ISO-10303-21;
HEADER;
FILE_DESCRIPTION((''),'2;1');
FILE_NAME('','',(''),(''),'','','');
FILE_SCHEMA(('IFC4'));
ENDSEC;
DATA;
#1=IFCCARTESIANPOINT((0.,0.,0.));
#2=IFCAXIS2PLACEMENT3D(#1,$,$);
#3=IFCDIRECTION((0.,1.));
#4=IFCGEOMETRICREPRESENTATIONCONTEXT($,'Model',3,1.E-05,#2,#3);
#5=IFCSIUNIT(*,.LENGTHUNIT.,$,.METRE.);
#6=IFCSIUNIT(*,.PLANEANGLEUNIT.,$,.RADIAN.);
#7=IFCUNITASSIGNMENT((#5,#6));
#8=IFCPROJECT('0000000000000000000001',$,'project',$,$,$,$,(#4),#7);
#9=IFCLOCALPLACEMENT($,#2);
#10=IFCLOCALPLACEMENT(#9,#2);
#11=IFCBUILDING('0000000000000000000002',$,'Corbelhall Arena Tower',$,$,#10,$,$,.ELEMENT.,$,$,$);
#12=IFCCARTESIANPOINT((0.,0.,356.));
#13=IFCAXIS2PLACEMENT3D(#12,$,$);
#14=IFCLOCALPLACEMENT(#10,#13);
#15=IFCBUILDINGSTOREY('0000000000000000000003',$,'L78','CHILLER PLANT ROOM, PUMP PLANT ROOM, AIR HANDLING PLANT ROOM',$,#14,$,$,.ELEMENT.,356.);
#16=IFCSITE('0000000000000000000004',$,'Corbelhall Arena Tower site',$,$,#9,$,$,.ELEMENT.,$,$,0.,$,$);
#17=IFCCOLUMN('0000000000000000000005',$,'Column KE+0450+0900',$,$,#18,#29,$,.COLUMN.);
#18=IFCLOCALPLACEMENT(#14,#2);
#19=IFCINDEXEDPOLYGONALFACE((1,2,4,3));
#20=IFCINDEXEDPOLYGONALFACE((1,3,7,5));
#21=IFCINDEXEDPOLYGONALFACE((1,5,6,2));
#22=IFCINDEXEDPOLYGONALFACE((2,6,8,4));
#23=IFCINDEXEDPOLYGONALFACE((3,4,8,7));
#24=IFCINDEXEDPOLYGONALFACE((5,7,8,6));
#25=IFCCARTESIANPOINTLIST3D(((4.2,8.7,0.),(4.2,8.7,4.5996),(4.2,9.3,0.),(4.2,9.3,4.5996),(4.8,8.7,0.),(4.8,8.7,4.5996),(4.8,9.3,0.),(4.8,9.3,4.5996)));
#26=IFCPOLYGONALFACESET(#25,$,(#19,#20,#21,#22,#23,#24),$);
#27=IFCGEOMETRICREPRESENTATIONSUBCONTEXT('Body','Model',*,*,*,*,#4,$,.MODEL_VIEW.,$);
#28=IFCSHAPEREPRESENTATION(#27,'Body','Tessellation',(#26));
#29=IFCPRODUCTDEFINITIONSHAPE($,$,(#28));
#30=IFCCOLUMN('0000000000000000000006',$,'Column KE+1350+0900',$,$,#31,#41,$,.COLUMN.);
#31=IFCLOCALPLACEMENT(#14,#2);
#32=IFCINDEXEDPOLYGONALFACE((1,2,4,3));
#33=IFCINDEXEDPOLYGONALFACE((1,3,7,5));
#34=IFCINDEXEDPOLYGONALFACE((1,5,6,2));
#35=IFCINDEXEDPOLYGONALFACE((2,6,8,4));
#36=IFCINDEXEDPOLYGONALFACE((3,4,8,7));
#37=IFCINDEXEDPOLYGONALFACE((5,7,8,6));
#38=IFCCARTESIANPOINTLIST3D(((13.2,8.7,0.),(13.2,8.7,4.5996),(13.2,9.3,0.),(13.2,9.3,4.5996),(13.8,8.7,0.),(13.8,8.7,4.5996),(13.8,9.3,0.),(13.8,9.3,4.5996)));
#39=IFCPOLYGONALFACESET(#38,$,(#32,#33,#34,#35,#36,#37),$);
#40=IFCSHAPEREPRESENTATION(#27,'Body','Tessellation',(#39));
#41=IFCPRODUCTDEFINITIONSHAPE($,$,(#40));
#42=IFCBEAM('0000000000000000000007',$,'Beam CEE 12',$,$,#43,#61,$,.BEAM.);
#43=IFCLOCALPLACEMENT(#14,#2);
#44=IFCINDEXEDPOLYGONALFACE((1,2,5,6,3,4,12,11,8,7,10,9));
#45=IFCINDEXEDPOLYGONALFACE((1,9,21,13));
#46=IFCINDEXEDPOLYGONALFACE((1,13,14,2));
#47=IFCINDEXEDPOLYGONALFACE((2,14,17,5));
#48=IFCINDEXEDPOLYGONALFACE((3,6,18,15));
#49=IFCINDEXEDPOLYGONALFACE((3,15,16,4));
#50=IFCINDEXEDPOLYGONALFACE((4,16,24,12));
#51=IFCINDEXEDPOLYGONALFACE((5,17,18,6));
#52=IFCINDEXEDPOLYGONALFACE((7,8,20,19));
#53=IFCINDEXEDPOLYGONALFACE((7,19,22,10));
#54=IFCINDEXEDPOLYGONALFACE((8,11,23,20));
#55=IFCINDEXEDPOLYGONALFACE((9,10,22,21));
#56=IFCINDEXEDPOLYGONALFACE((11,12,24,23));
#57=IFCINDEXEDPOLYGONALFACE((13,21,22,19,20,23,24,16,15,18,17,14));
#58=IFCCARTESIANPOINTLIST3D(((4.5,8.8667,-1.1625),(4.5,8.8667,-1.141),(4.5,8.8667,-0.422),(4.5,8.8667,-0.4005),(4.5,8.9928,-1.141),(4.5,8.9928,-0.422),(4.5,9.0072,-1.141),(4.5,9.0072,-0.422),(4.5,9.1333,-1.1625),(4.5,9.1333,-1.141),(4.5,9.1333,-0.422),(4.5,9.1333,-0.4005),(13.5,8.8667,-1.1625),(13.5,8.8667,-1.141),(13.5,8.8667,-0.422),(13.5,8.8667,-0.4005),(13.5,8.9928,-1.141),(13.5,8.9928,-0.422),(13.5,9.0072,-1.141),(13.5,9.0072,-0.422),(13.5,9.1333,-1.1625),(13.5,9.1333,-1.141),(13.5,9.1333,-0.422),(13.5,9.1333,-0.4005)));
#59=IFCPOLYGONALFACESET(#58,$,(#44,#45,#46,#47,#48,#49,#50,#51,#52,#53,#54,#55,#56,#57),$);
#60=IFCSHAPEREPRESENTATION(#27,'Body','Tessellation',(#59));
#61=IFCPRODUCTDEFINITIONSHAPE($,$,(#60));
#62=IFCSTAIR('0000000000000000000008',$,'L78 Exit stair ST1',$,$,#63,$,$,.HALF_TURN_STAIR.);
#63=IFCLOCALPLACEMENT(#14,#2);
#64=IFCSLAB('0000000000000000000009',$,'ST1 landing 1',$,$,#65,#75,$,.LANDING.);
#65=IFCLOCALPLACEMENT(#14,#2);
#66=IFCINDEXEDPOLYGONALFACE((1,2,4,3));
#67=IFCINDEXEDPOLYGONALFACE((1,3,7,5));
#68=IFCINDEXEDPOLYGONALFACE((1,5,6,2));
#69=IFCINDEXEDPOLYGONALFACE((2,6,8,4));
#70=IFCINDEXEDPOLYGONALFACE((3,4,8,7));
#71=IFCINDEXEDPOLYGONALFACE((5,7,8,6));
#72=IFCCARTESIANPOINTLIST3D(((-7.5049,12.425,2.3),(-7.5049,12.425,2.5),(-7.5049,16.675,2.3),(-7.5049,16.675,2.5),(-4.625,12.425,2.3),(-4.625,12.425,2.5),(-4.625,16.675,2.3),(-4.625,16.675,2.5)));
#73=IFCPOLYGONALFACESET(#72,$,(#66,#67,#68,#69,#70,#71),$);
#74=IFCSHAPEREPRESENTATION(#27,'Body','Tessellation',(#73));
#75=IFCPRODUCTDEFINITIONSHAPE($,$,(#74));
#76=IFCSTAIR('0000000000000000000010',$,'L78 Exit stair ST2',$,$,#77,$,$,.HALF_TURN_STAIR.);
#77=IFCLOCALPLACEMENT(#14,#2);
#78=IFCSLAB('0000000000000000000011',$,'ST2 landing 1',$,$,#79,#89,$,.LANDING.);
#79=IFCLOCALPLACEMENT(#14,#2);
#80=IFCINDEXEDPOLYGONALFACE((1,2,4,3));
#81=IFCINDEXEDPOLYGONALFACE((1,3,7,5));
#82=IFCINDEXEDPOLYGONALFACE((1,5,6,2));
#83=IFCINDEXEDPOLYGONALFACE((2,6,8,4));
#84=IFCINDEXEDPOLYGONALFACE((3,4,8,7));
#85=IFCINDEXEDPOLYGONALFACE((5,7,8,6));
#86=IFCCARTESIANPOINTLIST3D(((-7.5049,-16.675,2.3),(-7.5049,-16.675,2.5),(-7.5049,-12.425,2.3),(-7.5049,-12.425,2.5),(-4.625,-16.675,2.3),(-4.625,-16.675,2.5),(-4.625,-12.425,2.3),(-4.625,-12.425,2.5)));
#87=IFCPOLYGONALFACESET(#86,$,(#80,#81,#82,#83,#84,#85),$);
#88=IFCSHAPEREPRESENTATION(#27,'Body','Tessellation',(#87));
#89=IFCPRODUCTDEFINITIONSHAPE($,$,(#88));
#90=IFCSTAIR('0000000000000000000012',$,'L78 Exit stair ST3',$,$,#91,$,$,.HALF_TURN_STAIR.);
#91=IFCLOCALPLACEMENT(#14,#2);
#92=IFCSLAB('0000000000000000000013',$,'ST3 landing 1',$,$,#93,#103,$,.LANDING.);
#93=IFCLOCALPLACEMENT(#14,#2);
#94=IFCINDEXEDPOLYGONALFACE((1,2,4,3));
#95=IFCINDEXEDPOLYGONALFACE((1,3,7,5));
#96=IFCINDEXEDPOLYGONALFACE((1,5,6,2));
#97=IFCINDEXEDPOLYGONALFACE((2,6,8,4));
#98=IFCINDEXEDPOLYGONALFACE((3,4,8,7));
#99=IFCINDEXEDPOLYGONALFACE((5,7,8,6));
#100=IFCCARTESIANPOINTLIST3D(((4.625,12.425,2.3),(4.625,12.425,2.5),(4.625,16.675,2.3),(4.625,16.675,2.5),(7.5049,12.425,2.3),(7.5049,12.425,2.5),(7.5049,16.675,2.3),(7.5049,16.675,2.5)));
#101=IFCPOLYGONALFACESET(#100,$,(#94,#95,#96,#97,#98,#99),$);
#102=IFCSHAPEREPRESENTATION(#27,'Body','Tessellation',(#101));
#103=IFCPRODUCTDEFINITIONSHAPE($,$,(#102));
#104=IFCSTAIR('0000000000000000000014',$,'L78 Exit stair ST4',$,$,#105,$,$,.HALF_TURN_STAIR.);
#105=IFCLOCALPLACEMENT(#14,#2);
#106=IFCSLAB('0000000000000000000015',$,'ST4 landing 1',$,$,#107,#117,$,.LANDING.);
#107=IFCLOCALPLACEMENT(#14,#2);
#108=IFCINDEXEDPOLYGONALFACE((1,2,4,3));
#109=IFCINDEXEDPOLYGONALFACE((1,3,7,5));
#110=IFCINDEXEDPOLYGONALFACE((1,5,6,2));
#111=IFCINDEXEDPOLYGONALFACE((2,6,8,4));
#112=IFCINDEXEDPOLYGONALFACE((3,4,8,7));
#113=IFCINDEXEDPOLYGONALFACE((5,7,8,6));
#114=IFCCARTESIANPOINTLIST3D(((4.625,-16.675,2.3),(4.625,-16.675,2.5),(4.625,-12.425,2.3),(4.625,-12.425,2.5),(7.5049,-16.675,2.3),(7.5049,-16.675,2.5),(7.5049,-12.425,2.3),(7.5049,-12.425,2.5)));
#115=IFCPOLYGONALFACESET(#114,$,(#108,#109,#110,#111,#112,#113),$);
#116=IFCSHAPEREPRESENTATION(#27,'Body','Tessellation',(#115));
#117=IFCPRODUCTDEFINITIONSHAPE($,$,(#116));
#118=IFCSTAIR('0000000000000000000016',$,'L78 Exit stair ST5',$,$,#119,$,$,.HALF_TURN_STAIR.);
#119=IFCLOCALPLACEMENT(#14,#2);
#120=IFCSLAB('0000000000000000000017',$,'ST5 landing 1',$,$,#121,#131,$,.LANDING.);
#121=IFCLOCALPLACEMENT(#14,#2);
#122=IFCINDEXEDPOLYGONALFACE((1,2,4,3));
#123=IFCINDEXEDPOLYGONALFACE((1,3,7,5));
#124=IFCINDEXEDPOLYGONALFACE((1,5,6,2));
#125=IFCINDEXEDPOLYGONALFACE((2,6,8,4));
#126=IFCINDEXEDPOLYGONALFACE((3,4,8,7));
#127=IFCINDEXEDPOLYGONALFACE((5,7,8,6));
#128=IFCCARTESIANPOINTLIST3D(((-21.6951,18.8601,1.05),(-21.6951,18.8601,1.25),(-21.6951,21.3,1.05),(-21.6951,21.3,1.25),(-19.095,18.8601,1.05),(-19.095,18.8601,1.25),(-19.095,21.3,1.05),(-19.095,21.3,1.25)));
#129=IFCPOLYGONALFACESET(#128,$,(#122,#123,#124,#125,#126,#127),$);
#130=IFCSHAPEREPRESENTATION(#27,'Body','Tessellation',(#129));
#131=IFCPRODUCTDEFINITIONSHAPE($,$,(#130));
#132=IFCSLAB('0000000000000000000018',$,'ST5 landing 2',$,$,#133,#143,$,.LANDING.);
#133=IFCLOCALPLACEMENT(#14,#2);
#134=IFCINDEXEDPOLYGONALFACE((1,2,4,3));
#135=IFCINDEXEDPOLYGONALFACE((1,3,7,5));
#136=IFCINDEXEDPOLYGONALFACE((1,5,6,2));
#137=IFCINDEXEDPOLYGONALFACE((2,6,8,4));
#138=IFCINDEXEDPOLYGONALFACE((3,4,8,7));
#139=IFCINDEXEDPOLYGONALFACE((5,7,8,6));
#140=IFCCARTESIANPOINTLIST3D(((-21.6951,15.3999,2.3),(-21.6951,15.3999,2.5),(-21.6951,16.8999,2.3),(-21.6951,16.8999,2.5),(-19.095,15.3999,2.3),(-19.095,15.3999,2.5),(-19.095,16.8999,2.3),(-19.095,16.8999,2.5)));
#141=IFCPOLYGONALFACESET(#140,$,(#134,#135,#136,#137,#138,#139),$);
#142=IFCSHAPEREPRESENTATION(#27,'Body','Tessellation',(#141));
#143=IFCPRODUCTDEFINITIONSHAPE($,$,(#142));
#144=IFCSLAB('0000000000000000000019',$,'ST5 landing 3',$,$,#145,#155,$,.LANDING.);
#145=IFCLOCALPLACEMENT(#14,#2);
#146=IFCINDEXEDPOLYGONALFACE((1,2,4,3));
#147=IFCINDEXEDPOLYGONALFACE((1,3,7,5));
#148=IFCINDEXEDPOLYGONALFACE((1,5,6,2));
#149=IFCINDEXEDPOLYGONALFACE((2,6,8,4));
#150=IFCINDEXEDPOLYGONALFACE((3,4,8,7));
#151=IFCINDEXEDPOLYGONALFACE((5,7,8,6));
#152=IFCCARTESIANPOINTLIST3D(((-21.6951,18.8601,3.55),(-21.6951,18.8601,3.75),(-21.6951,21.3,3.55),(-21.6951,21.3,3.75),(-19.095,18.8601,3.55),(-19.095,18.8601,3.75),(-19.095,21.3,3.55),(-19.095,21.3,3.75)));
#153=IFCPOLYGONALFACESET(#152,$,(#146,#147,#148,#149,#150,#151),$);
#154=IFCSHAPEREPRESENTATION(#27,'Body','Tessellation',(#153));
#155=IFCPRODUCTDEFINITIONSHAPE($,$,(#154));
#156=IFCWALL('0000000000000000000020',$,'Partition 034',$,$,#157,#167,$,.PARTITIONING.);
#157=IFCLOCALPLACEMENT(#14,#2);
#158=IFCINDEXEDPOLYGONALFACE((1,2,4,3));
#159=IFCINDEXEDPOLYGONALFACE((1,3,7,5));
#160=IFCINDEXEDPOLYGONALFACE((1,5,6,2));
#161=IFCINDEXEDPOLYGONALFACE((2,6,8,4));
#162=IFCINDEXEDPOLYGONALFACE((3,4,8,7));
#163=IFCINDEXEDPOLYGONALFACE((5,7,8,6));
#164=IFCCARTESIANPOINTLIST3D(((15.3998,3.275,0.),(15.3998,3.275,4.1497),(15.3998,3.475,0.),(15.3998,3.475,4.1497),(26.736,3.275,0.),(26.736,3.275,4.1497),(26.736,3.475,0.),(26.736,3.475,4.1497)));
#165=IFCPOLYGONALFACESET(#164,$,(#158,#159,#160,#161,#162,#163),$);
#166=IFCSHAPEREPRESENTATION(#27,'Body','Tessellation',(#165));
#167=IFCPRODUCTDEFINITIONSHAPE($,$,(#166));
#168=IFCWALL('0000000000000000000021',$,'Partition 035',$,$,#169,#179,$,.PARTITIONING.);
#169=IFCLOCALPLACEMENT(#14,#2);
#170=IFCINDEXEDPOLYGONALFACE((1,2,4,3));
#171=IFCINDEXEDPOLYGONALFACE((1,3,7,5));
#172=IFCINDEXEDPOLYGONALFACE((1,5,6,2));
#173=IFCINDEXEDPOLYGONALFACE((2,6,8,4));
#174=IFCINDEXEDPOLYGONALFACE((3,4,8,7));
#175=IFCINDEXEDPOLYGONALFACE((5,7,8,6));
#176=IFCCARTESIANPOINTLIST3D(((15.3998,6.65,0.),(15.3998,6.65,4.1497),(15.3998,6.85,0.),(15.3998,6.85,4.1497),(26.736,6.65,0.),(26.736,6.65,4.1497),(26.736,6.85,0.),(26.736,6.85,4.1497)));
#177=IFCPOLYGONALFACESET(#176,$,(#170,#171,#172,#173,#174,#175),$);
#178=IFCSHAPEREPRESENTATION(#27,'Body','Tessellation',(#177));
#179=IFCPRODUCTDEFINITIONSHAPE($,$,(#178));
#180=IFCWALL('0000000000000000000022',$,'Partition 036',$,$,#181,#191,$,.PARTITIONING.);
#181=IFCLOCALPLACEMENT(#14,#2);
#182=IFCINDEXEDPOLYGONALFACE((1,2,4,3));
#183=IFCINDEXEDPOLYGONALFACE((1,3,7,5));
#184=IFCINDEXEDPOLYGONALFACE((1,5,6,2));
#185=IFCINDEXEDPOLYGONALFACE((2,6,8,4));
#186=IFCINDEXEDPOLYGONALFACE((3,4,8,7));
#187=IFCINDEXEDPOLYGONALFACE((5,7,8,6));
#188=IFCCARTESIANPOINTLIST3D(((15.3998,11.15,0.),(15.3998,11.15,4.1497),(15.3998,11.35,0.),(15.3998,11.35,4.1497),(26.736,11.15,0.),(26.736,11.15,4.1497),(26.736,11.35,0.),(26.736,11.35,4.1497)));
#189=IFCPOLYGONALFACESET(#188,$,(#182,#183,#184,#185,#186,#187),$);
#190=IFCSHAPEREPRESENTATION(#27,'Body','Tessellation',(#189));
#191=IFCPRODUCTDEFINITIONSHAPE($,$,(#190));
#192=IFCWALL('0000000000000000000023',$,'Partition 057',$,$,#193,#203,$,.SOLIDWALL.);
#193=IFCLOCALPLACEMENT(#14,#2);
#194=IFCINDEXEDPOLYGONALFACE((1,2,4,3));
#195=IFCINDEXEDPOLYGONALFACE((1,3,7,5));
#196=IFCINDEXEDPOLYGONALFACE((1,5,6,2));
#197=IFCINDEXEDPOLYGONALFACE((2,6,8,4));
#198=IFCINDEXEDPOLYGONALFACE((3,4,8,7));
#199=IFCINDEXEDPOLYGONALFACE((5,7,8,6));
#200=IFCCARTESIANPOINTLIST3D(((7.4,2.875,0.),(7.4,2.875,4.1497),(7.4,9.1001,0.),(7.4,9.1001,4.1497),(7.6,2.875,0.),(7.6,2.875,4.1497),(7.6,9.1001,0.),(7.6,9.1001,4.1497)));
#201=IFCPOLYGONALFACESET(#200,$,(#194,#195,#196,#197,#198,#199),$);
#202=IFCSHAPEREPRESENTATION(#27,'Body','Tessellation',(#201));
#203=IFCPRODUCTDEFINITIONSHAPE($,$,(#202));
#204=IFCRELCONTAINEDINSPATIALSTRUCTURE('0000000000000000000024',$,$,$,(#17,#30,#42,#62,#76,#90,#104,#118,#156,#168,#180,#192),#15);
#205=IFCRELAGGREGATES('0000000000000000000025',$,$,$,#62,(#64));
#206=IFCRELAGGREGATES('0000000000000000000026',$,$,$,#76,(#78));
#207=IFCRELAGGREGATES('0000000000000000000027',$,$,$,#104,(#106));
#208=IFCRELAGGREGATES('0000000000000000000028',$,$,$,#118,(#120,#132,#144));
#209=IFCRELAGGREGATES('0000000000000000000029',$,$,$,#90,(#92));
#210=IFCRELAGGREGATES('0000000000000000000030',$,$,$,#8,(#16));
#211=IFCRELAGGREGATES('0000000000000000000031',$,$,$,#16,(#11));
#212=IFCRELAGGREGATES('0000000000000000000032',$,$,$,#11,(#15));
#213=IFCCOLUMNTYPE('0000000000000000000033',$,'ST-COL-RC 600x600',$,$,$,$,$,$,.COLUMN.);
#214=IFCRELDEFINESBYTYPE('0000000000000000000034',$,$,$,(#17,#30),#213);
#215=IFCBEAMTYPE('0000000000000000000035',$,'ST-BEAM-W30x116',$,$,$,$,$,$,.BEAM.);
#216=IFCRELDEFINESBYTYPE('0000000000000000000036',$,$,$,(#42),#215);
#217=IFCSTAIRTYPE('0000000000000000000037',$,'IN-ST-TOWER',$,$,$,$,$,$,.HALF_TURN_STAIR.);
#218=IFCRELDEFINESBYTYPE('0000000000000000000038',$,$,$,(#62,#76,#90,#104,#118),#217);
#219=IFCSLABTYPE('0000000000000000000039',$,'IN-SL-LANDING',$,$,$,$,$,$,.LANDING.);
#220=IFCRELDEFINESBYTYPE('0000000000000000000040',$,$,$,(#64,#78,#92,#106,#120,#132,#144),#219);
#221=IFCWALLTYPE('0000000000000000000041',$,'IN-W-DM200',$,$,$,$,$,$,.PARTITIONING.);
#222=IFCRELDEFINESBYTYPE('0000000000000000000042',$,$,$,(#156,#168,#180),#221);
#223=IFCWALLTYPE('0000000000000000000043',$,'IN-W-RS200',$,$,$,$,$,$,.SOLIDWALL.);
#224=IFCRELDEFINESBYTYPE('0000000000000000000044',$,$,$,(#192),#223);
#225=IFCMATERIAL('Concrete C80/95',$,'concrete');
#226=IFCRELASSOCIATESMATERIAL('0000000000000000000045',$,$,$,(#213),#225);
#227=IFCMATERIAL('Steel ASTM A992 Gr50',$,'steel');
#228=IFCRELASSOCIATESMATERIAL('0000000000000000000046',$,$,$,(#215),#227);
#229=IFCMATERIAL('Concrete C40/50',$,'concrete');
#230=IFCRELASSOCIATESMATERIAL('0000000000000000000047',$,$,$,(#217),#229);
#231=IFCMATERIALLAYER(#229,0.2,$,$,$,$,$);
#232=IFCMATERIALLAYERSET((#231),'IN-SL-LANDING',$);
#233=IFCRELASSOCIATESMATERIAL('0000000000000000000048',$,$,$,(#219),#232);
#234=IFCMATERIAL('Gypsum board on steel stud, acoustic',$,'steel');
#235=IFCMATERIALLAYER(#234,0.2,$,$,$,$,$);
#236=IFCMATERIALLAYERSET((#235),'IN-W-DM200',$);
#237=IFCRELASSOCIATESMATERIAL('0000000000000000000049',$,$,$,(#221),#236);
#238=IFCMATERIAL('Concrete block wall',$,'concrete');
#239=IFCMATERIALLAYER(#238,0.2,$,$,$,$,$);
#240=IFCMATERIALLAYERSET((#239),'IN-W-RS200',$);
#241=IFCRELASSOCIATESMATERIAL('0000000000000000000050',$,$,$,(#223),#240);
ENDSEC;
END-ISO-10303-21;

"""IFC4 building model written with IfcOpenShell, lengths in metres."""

from ifc_helpers import new_model, si_unit, direction, frame, frame_2d, origin, origin_2d, place, context, subcontext, project, spatial, polyline, rectangle, i_section, outline, extrude, material, layer, layer_set, material_profile, profile_set, type_object, element, aggregate, save


model = new_model("IFC4")

# Units and contexts
model_context = context("Model", 3, precision=1e-05, world=origin(), true_north=direction((0.0, 1.0)))
body_context = subcontext(model_context, "Body", "Model", "MODEL_VIEW")
ifc_project = project(units=[si_unit("LENGTHUNIT", "METRE"), si_unit("PLANEANGLEUNIT", "RADIAN")], contexts=[model_context])

# Site, building, storey
site_placement = place(None, origin())
site = spatial("IfcSite", under=ifc_project, at=site_placement, Name="Corbelhall Arena Tower site", CompositionType="ELEMENT", RefElevation=0.0)
building_placement = place(site_placement, origin())
building = spatial("IfcBuilding", under=site, at=building_placement, Name="Corbelhall Arena Tower", CompositionType="ELEMENT")
storey_placement = place(building_placement, frame((0.0, 0.0, 356.0)))
storey = spatial("IfcBuildingStorey", under=building, at=storey_placement, Name="L78", Description="CHILLER PLANT ROOM, PUMP PLANT ROOM, AIR HANDLING PLANT ROOM", CompositionType="ELEMENT", Elevation=356.0)

# Columns
ifc_material_1 = material(Name="Concrete C80/95", Category="concrete")
ifc_material_profile_1 = material_profile(ifc_material_1, rectangle(XDim=0.6001, YDim=0.6001, at=origin_2d()))
ifc_profile_set_1 = profile_set([ifc_material_profile_1], Name="Concrete C80/95")
column_type = type_object("IfcColumnType", Name="ST-COL-RC 600x600", PredefinedType="COLUMN", material=ifc_profile_set_1)
for number, where, z_axis, x_axis, name in (
    (1, (4.5, 9.0, 0.0), (0.0, 0.0, 1.0), (1.0, 0.0, 0.0), "Column KE+0450+0900"),
    (2, (13.5, 9.0, 0.0), (0.0, 0.0, 1.0), (1.0, 0.0, 0.0), "Column KE+1350+0900"),
):
    element("IfcColumn", number, at=place(storey_placement, frame(where, z_axis=z_axis, x_axis=x_axis)), inside=storey, type_object=column_type, Name=name, PredefinedType="COLUMN", context=body_context, shape_type="SweptSolid", body=[
        extrude(rectangle(XDim=0.6001, YDim=0.6001, at=origin_2d()), origin(), (0.0, 0.0, 1.0), 4.5996),
    ])

# Beam
ifc_material_2 = material(Name="Steel ASTM A992 Gr50", Category="steel")
ifc_material_profile_2 = material_profile(ifc_material_2, i_section(OverallWidth=0.2666, OverallDepth=0.762, WebThickness=0.0144, FlangeThickness=0.0215, at=origin_2d()))
ifc_profile_set_2 = profile_set([ifc_material_profile_2], Name="Steel ASTM A992 Gr50")
beam_type = type_object("IfcBeamType", Name="ST-BEAM-W30x116", PredefinedType="BEAM", material=ifc_profile_set_2)
beam_placement = place(storey_placement, frame((4.5, 9.0, -0.7815), z_axis=(1.0, 0.0, 0.0), x_axis=(0.0, 1.0, 0.0)))
element("IfcBeam", 3, at=beam_placement, inside=storey, type_object=beam_type, Name="Beam CEE 12", PredefinedType="BEAM", context=body_context, shape_type="SweptSolid", body=[
    extrude(i_section(OverallWidth=0.2666, OverallDepth=0.762, WebThickness=0.0144, FlangeThickness=0.0215, at=origin_2d()), origin(), (0.0, 0.0, 1.0), 9.0),
])

# Stairs, slabs
ifc_material_3 = material(Name="Concrete C40/50", Category="concrete")
stair_type = type_object("IfcStairType", Name="IN-ST-TOWER", PredefinedType="HALF_TURN_STAIR", material=ifc_material_3)
stair_1_placement = place(storey_placement, origin())
stair_1 = element("IfcStair", 4, at=stair_1_placement, inside=storey, type_object=stair_type, Name="L78 Exit stair ST1", PredefinedType="HALF_TURN_STAIR")
ifc_layer_1 = layer(ifc_material_3, 0.2)
ifc_layer_set_1 = layer_set([ifc_layer_1], Name="IN-SL-LANDING")
slab_type = type_object("IfcSlabType", Name="IN-SL-LANDING", PredefinedType="LANDING", material=ifc_layer_set_1)
slab_1_placement = place(storey_placement, frame((0.0, 0.0, 2.3)))
slab_1 = element("IfcSlab", 5, at=slab_1_placement, type_object=slab_type, Name="ST1 landing 1", PredefinedType="LANDING", context=body_context, shape_type="SweptSolid", body=[
    extrude(outline(polyline([(-7.5049, 12.425), (-4.625, 12.425), (-4.625, 16.675), (-7.5049, 16.675), (-7.5049, 12.425)])), origin(), (0.0, 0.0, 1.0), 0.2),
])
aggregate(stair_1, [slab_1])
stair_2_placement = place(storey_placement, origin())
stair_2 = element("IfcStair", 6, at=stair_2_placement, inside=storey, type_object=stair_type, Name="L78 Exit stair ST2", PredefinedType="HALF_TURN_STAIR")
slab_2_placement = place(storey_placement, frame((0.0, 0.0, 2.3)))
slab_2 = element("IfcSlab", 7, at=slab_2_placement, type_object=slab_type, Name="ST2 landing 1", PredefinedType="LANDING", context=body_context, shape_type="SweptSolid", body=[
    extrude(outline(polyline([(-7.5049, -16.675), (-4.625, -16.675), (-4.625, -12.425), (-7.5049, -12.425), (-7.5049, -16.675)])), origin(), (0.0, 0.0, 1.0), 0.2),
])
aggregate(stair_2, [slab_2])
stair_3_placement = place(storey_placement, origin())
stair_3 = element("IfcStair", 8, at=stair_3_placement, inside=storey, type_object=stair_type, Name="L78 Exit stair ST3", PredefinedType="HALF_TURN_STAIR")
slab_3_placement = place(storey_placement, frame((0.0, 0.0, 2.3)))
slab_3 = element("IfcSlab", 9, at=slab_3_placement, type_object=slab_type, Name="ST3 landing 1", PredefinedType="LANDING", context=body_context, shape_type="SweptSolid", body=[
    extrude(outline(polyline([(7.5049, 16.675), (4.625, 16.675), (4.625, 12.425), (7.5049, 12.425), (7.5049, 16.675)])), origin(), (0.0, 0.0, 1.0), 0.2),
])
stair_4_placement = place(storey_placement, origin())
stair_4 = element("IfcStair", 10, at=stair_4_placement, inside=storey, type_object=stair_type, Name="L78 Exit stair ST4", PredefinedType="HALF_TURN_STAIR")
slab_4_placement = place(storey_placement, frame((0.0, 0.0, 2.3)))
slab_4 = element("IfcSlab", 11, at=slab_4_placement, type_object=slab_type, Name="ST4 landing 1", PredefinedType="LANDING", context=body_context, shape_type="SweptSolid", body=[
    extrude(outline(polyline([(7.5049, -12.425), (4.625, -12.425), (4.625, -16.675), (7.5049, -16.675), (7.5049, -12.425)])), origin(), (0.0, 0.0, 1.0), 0.2),
])
aggregate(stair_4, [slab_4])

# Stair, slabs
stair_5_placement = place(storey_placement, origin())
stair_5 = element("IfcStair", 12, at=stair_5_placement, inside=storey, type_object=stair_type, Name="L78 Exit stair ST5", PredefinedType="HALF_TURN_STAIR")
slab_5_placement = place(storey_placement, frame((0.0, 0.0, 1.05)))
slab_5 = element("IfcSlab", 13, at=slab_5_placement, type_object=slab_type, Name="ST5 landing 1", PredefinedType="LANDING", context=body_context, shape_type="SweptSolid", body=[
    extrude(outline(polyline([(-19.095, 18.8601), (-19.095, 21.3), (-21.6951, 21.3), (-21.6951, 18.8601), (-19.095, 18.8601)])), origin(), (0.0, 0.0, 1.0), 0.2),
])
slab_6_placement = place(storey_placement, frame((0.0, 0.0, 2.3)))
slab_6 = element("IfcSlab", 14, at=slab_6_placement, type_object=slab_type, Name="ST5 landing 2", PredefinedType="LANDING", context=body_context, shape_type="SweptSolid", body=[
    extrude(outline(polyline([(-19.095, 15.3999), (-19.095, 16.8999), (-21.6951, 16.8999), (-21.6951, 15.3999), (-19.095, 15.3999)])), origin(), (0.0, 0.0, 1.0), 0.2),
])
slab_7_placement = place(storey_placement, frame((0.0, 0.0, 3.55)))
slab_7 = element("IfcSlab", 15, at=slab_7_placement, type_object=slab_type, Name="ST5 landing 3", PredefinedType="LANDING", context=body_context, shape_type="SweptSolid", body=[
    extrude(outline(polyline([(-19.095, 18.8601), (-19.095, 21.3), (-21.6951, 21.3), (-21.6951, 18.8601), (-19.095, 18.8601)])), origin(), (0.0, 0.0, 1.0), 0.2),
])
aggregate(stair_5, [slab_5, slab_6, slab_7])

# Walls
ifc_material_4 = material(Name="Gypsum board on steel stud, acoustic", Category="steel")
ifc_layer_2 = layer(ifc_material_4, 0.2)
ifc_layer_set_2 = layer_set([ifc_layer_2], Name="IN-W-DM200")
wall_type_1 = type_object("IfcWallType", Name="IN-W-DM200", PredefinedType="PARTITIONING", material=ifc_layer_set_2)
for number, where, z_axis, x_axis, name in (
    (16, (15.3999, 3.375, 0.0), (0.0, 0.0, 1.0), (1.0, 0.0, 0.0), "Partition 034"),
    (17, (15.3999, 6.75, 0.0), (0.0, 0.0, 1.0), (1.0, 0.0, 0.0), "Partition 035"),
    (18, (15.3999, 11.25, 0.0), (0.0, 0.0, 1.0), (1.0, 0.0, 0.0), "Partition 036"),
):
    element("IfcWall", number, at=place(storey_placement, frame(where, z_axis=z_axis, x_axis=x_axis)), inside=storey, type_object=wall_type_1, Name=name, PredefinedType="PARTITIONING", context=body_context, shape_type="SweptSolid", body=[
        extrude(rectangle(XDim=11.3362, YDim=0.2, at=frame_2d((5.668, 0.0))), origin(), (0.0, 0.0, 1.0), 4.1497),
    ])
ifc_material_5 = material(Name="Concrete block wall", Category="concrete")
ifc_layer_3 = layer(ifc_material_5, 0.2)
ifc_layer_set_3 = layer_set([ifc_layer_3], Name="IN-W-RS200")
wall_type_2 = type_object("IfcWallType", Name="IN-W-RS200", PredefinedType="SOLIDWALL", material=ifc_layer_set_3)
wall_1_placement = place(storey_placement, frame((7.5, 9.1001, 0.0), z_axis=(0.0, 0.0, 1.0), x_axis=(0.0, -1.0, 0.0)))
element("IfcWall", 19, at=wall_1_placement, inside=storey, type_object=wall_type_2, Name="Partition 057", PredefinedType="SOLIDWALL", context=body_context, shape_type="SweptSolid", body=[
    extrude(rectangle(XDim=6.2251, YDim=0.2, at=frame_2d((3.1125, 0.0))), origin(), (0.0, 0.0, 1.0), 4.1497),
])

aggregate(stair_3, [slab_3])

save(model, "model.ifc")
